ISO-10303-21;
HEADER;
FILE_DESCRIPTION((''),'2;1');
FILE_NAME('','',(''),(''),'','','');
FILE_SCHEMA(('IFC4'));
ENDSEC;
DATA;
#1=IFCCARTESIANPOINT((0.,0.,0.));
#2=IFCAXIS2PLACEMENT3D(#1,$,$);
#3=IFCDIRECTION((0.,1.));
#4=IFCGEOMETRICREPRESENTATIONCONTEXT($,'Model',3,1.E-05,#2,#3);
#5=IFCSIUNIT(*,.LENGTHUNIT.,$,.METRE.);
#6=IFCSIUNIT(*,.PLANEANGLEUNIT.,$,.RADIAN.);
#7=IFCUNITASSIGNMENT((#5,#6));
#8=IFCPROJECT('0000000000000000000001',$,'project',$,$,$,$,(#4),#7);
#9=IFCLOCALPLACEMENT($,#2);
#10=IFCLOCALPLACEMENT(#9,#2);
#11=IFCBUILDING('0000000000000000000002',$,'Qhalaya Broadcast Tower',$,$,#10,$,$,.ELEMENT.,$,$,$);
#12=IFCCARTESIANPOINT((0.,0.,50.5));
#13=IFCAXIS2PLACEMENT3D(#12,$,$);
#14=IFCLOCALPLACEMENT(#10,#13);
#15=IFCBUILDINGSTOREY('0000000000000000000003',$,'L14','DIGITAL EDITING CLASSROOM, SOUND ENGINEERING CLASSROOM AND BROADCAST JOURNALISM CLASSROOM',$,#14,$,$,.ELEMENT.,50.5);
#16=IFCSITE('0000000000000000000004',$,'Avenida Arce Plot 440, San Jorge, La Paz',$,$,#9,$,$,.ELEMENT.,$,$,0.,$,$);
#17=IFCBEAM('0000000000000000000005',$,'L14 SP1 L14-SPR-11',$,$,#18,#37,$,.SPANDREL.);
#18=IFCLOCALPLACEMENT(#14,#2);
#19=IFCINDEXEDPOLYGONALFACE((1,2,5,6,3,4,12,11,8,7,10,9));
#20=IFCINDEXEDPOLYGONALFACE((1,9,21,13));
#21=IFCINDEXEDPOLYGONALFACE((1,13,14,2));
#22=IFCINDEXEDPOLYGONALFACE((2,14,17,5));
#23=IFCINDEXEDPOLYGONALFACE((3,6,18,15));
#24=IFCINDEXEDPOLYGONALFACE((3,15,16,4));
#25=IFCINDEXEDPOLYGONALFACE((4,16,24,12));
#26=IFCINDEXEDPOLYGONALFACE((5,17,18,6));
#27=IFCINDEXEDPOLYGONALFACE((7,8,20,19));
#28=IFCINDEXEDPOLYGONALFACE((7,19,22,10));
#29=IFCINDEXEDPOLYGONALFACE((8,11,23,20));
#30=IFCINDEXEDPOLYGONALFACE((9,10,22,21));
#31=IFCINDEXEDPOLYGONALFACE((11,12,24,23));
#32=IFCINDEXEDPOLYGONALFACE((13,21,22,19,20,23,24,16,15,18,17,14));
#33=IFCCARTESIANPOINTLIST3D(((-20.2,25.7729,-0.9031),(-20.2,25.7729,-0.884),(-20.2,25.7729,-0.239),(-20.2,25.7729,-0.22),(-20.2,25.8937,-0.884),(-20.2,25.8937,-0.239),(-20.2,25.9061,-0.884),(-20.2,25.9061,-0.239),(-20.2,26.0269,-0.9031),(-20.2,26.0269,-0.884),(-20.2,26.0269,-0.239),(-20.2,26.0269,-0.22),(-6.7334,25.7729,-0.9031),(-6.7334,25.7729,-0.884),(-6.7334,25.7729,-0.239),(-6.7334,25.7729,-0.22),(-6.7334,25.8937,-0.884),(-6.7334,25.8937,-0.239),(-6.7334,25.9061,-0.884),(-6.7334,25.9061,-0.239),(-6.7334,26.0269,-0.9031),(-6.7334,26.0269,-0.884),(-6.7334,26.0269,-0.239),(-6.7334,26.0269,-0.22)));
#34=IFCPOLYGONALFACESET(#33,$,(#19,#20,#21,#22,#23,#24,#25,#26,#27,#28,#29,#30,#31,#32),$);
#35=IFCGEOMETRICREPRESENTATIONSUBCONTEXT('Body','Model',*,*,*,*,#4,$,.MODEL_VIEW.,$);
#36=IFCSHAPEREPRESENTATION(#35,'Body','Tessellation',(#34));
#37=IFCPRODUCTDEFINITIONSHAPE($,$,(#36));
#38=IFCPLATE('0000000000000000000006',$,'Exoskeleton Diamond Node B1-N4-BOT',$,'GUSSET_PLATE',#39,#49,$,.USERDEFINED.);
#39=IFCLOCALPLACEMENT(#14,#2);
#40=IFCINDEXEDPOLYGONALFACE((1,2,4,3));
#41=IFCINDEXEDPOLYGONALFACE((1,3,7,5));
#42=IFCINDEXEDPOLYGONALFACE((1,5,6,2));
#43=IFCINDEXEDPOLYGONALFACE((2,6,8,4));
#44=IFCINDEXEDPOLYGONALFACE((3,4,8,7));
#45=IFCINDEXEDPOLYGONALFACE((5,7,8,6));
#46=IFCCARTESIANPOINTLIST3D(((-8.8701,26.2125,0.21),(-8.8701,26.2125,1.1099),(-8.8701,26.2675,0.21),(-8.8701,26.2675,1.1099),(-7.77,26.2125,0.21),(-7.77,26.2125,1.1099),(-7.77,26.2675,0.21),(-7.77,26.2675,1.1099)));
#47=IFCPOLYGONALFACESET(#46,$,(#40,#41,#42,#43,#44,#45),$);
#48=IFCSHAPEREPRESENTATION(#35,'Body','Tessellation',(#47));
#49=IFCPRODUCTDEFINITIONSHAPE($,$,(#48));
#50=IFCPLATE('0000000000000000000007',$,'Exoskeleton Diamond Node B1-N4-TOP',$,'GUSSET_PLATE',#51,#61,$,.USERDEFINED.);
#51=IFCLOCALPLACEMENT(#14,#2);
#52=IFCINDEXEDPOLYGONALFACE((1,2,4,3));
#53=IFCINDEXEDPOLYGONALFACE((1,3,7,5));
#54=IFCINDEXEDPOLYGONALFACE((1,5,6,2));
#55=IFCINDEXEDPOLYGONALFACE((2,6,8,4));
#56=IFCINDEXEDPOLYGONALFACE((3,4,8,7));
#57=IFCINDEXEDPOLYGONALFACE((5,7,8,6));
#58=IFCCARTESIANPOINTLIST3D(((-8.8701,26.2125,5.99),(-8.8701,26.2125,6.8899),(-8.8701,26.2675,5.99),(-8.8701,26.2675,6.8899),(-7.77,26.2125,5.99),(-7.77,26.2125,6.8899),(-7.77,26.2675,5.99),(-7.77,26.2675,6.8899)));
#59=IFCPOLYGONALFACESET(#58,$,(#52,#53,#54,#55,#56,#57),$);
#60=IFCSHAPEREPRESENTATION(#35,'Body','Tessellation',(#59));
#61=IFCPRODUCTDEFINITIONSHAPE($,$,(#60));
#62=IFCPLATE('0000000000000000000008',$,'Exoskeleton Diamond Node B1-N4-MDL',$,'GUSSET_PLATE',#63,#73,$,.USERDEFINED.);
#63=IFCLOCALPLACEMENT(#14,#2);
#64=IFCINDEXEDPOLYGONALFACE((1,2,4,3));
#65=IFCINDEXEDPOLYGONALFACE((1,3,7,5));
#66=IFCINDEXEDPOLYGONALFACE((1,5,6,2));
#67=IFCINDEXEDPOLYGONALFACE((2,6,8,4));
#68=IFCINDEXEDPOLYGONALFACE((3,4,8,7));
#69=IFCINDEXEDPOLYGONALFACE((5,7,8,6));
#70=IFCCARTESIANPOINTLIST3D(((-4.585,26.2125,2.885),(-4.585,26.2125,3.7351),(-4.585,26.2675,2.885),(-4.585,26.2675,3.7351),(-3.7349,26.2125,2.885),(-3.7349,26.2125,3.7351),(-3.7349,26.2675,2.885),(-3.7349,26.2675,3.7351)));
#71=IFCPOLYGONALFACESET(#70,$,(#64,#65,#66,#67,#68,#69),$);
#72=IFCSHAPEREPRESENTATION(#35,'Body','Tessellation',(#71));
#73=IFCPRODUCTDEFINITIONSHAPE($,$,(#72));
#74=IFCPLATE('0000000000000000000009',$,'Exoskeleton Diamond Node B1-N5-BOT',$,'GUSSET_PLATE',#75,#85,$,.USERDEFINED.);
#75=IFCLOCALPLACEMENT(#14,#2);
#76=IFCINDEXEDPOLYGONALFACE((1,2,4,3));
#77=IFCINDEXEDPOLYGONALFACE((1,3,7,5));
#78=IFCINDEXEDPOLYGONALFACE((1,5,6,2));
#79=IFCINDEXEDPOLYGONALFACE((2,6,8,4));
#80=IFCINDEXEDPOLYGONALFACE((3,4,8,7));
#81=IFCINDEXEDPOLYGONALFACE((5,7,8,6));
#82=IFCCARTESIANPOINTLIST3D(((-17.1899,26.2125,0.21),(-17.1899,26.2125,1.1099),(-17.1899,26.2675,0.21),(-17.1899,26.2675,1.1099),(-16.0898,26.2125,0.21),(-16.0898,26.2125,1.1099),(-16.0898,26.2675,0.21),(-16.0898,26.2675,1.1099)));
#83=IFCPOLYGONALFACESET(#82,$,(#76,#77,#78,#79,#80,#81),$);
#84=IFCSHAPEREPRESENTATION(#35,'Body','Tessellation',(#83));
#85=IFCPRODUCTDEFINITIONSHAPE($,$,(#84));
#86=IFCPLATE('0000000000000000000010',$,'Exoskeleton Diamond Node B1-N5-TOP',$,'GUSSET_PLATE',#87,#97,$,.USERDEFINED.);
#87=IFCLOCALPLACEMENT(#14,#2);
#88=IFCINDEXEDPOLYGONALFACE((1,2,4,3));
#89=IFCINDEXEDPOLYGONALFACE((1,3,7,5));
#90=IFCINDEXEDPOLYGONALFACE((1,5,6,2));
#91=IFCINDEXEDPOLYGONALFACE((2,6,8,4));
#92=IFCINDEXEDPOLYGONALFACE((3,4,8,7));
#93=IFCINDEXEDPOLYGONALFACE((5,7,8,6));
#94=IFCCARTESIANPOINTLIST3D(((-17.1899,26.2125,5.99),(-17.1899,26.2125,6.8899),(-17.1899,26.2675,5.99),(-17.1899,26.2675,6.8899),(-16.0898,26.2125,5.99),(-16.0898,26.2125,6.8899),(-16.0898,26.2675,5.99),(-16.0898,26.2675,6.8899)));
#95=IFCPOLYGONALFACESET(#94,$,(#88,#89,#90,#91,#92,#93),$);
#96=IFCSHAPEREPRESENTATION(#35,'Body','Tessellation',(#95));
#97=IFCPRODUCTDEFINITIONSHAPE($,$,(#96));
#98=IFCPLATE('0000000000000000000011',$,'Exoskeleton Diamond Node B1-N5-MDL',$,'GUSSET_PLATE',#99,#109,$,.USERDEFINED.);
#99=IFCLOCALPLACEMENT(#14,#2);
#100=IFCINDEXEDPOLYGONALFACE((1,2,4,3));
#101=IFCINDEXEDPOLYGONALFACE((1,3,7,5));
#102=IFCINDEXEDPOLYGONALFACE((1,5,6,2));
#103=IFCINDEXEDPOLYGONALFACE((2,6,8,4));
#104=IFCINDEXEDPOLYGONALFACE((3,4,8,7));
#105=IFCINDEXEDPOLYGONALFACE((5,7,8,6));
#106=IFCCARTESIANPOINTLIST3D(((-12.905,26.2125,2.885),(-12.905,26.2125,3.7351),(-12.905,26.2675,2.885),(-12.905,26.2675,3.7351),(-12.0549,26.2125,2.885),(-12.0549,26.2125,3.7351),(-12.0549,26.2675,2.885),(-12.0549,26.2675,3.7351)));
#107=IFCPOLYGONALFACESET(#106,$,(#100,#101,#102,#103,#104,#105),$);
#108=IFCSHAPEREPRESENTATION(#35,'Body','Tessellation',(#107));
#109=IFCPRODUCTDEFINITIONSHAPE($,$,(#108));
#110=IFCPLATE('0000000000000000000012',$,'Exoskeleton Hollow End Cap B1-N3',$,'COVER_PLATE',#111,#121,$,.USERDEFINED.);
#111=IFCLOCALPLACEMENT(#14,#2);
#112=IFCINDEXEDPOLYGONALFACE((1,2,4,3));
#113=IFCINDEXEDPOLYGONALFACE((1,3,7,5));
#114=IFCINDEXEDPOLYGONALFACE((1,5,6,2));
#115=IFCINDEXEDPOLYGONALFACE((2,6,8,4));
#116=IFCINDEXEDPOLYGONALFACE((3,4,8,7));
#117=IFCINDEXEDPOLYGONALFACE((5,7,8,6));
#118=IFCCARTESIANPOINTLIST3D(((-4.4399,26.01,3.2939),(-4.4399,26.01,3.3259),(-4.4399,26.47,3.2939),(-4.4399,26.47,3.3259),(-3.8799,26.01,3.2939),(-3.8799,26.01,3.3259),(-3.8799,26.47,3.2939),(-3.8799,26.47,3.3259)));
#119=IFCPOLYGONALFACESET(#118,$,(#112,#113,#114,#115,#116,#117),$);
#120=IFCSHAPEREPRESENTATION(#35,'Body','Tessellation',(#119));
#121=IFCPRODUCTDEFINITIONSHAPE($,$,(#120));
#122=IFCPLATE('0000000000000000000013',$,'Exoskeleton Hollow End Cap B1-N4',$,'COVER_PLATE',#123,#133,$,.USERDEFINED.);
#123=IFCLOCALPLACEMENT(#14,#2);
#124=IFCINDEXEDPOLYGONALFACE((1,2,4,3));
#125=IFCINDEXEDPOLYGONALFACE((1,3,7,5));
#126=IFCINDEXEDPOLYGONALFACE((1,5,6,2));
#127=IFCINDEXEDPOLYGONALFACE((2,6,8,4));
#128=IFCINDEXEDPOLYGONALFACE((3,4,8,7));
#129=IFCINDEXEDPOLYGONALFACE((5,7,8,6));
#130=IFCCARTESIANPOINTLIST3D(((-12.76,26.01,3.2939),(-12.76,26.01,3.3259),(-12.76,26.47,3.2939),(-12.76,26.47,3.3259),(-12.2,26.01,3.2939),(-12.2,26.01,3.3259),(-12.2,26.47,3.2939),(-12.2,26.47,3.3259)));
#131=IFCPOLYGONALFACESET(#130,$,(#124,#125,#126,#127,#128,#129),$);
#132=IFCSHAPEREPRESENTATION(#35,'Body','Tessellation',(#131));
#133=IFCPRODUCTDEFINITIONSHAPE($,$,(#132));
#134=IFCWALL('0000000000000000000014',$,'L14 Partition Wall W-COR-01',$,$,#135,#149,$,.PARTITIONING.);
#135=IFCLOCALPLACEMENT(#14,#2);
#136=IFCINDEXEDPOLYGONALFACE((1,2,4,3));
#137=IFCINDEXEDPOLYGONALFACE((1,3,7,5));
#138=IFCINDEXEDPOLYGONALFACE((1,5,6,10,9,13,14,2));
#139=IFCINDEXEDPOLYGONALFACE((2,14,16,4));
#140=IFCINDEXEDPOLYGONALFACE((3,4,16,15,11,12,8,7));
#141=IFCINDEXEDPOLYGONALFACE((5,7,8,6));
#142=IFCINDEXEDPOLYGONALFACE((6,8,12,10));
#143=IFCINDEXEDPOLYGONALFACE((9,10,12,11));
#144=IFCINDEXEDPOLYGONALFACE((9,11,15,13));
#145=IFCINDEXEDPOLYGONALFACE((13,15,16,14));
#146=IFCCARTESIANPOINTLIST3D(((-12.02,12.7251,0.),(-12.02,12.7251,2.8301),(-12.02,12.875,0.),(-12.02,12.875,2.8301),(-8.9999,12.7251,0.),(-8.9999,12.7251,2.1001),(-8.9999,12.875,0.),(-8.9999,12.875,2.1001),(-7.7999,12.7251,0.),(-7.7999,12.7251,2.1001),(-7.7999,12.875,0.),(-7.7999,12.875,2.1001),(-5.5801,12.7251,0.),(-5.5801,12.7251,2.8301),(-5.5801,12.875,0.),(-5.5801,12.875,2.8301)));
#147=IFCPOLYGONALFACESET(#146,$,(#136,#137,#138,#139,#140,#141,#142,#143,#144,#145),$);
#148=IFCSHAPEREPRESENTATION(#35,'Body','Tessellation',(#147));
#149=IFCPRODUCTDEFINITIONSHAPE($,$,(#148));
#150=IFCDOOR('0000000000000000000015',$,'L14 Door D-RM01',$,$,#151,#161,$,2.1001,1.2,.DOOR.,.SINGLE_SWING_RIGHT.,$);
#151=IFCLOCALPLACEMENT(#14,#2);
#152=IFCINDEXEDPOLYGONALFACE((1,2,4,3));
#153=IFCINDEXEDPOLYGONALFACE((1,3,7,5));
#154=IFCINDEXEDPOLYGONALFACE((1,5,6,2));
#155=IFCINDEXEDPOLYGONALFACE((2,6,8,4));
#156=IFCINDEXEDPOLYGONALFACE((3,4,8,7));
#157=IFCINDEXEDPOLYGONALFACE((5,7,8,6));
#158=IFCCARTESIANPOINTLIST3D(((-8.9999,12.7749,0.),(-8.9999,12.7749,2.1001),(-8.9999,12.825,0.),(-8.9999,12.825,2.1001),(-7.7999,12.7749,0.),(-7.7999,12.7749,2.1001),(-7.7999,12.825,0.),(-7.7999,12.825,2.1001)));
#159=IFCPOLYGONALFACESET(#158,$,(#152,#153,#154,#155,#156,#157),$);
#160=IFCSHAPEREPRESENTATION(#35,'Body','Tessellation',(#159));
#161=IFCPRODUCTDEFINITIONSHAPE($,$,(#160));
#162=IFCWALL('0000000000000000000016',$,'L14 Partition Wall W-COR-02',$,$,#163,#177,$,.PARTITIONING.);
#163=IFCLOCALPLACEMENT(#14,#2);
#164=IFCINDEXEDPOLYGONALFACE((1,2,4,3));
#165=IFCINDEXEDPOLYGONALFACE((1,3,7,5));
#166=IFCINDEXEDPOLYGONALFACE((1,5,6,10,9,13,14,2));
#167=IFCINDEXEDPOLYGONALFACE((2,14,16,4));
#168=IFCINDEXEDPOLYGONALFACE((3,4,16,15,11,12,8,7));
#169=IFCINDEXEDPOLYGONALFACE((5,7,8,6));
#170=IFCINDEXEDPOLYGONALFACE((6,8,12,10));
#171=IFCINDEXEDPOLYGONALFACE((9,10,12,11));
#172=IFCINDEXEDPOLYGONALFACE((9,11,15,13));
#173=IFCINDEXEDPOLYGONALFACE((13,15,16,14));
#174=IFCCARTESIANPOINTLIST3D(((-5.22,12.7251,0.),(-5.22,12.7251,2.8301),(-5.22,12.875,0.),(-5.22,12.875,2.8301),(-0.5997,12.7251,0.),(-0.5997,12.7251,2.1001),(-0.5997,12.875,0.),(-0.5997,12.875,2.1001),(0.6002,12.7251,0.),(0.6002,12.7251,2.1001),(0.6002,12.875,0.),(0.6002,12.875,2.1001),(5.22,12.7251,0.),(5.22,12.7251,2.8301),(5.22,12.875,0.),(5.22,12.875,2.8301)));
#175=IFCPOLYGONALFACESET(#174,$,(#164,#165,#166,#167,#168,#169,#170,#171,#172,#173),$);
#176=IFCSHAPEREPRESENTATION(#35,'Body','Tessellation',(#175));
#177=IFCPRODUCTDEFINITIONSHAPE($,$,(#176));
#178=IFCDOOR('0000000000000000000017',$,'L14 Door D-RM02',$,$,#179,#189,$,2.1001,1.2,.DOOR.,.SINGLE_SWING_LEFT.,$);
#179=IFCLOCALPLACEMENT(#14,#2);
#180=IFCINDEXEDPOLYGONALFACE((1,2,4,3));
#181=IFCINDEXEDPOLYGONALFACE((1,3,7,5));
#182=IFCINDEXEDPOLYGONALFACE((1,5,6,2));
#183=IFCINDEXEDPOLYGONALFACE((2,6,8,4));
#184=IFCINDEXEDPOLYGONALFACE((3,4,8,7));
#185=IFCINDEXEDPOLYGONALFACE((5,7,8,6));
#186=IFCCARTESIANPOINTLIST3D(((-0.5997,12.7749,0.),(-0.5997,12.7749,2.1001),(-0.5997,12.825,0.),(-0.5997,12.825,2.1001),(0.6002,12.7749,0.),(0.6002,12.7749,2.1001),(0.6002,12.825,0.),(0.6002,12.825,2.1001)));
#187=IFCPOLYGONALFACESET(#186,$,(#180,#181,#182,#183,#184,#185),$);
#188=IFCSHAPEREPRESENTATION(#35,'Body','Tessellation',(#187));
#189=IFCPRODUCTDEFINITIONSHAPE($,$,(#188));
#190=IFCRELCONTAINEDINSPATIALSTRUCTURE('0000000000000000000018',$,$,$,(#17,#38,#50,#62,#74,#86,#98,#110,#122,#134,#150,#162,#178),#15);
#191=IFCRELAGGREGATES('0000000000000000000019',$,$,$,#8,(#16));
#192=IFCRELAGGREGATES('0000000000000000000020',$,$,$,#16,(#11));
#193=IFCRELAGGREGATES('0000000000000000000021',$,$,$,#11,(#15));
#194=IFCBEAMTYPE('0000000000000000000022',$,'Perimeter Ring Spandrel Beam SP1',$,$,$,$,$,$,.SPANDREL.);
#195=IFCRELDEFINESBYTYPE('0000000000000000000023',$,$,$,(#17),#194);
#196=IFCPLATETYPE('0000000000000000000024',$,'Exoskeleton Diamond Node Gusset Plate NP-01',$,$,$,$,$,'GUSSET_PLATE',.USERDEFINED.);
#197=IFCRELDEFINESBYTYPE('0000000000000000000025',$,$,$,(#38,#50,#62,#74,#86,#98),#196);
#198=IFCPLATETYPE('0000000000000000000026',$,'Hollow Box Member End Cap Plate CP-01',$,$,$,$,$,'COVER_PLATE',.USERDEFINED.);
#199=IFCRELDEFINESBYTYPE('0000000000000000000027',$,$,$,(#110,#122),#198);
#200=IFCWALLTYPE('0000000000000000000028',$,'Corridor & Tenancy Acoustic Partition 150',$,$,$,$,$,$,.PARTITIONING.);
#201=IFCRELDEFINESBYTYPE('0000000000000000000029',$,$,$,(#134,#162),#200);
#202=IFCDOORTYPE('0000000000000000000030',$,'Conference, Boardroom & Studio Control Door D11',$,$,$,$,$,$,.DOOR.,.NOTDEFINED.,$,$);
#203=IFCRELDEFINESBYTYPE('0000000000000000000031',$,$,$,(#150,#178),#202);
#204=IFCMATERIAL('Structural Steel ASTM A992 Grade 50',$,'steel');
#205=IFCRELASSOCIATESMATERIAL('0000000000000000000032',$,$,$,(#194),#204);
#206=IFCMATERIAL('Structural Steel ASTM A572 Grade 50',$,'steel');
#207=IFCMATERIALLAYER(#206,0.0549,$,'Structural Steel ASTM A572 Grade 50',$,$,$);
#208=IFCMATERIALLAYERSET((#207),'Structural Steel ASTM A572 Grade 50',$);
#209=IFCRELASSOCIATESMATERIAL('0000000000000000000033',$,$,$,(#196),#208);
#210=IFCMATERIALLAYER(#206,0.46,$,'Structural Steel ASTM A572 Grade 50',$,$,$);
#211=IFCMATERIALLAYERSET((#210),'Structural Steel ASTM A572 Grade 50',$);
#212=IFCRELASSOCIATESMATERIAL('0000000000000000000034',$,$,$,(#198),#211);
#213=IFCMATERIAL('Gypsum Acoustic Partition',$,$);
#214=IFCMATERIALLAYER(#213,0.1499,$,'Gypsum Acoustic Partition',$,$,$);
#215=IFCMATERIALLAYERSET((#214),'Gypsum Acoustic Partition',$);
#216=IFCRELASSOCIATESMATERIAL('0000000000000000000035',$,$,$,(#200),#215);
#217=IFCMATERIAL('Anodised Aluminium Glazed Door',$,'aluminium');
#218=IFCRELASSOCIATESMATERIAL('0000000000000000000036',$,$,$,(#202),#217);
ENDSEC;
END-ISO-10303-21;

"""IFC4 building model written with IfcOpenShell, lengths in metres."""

from ifc_helpers import new_model, si_unit, direction, frame, frame_2d, origin, origin_2d, place, context, subcontext, project, spatial, rectangle, i_section, extrude, material, layer, layer_set, material_profile, profile_set, type_object, element, fill, save


model = new_model("IFC4")

# Units and contexts
model_context = context("Model", 3, precision=1e-05, world=origin(), true_north=direction((0.0, 1.0)))
body_context = subcontext(model_context, "Body", "Model", "MODEL_VIEW")
ifc_project = project(units=[si_unit("LENGTHUNIT", "METRE"), si_unit("PLANEANGLEUNIT", "RADIAN")], contexts=[model_context])

# Site, building, storey
site_placement = place(None, origin())
site = spatial("IfcSite", under=ifc_project, at=site_placement, Name="Avenida Arce Plot 440, San Jorge, La Paz", CompositionType="ELEMENT", RefElevation=0.0)
building_placement = place(site_placement, origin())
building = spatial("IfcBuilding", under=site, at=building_placement, Name="Qhalaya Broadcast Tower", CompositionType="ELEMENT")
storey_placement = place(building_placement, frame((0.0, 0.0, 50.5)))
storey = spatial("IfcBuildingStorey", under=building, at=storey_placement, Name="L14", Description="DIGITAL EDITING CLASSROOM, SOUND ENGINEERING CLASSROOM AND BROADCAST JOURNALISM CLASSROOM", CompositionType="ELEMENT", Elevation=50.5)

# Shared definitions
ifc_material_1 = material(Name="Structural Steel ASTM A992 Grade 50", Category="steel")
ifc_material_2 = material(Name="Structural Steel ASTM A572 Grade 50", Category="steel")

# Beam
ifc_material_profile_1 = material_profile(ifc_material_1, i_section(OverallWidth=0.2539, OverallDepth=0.6831, WebThickness=0.0125, FlangeThickness=0.019, at=origin_2d()), Name="W27X94")
ifc_profile_set_1 = profile_set([ifc_material_profile_1], Name="Structural Steel ASTM A992 Grade 50")
beam_type = type_object("IfcBeamType", Name="Perimeter Ring Spandrel Beam SP1", PredefinedType="SPANDREL", material=ifc_profile_set_1)
beam_placement = place(storey_placement, frame((-6.7334, 25.8999, -0.5615), z_axis=(-1.0, 0.0, 0.0), x_axis=(0.0, -1.0, 0.0)))
element("IfcBeam", 1, at=beam_placement, inside=storey, type_object=beam_type, Name="L14 SP1 L14-SPR-11", PredefinedType="SPANDREL", context=body_context, shape_type="SweptSolid", body=[
    extrude(i_section(OverallWidth=0.2539, OverallDepth=0.6831, WebThickness=0.0125, FlangeThickness=0.019, at=origin_2d()), origin(), (0.0, 0.0, 1.0), 13.4666),
])

# Plates
ifc_layer_1 = layer(ifc_material_2, 0.0549, Name="Structural Steel ASTM A572 Grade 50")
ifc_layer_set_1 = layer_set([ifc_layer_1], Name="Structural Steel ASTM A572 Grade 50")
plate_type_1 = type_object("IfcPlateType", Name="Exoskeleton Diamond Node Gusset Plate NP-01", ElementType="GUSSET_PLATE", PredefinedType="USERDEFINED", material=ifc_layer_set_1)
for number, where, z_axis, x_axis, name in (
    (2, (-8.3201, 26.24, 0.21), (0.0, 0.0, 1.0), (1.0, 0.0, 0.0), "Exoskeleton Diamond Node B1-N4-BOT"),
    (3, (-8.3201, 26.24, 5.99), (0.0, 0.0, 1.0), (1.0, 0.0, 0.0), "Exoskeleton Diamond Node B1-N4-TOP"),
):
    element("IfcPlate", number, at=place(storey_placement, frame(where, z_axis=z_axis, x_axis=x_axis)), inside=storey, type_object=plate_type_1, Name=name, ObjectType="GUSSET_PLATE", PredefinedType="USERDEFINED", context=body_context, shape_type="SweptSolid", body=[
        extrude(rectangle(XDim=1.1001, YDim=0.0549, at=origin_2d()), origin(), (0.0, 0.0, 1.0), 0.8999),
    ])
plate_1_placement = place(storey_placement, frame((-4.1599, 26.24, 2.885), z_axis=(0.0, 0.0, 1.0), x_axis=(1.0, 0.0, 0.0)))
element("IfcPlate", 4, at=plate_1_placement, inside=storey, type_object=plate_type_1, Name="Exoskeleton Diamond Node B1-N4-MDL", ObjectType="GUSSET_PLATE", PredefinedType="USERDEFINED", context=body_context, shape_type="SweptSolid", body=[
    extrude(rectangle(XDim=0.8501, YDim=0.0549, at=origin_2d()), origin(), (0.0, 0.0, 1.0), 0.8501),
])
for number, where, z_axis, x_axis, name in (
    (5, (-16.6399, 26.24, 0.21), (0.0, 0.0, 1.0), (1.0, 0.0, 0.0), "Exoskeleton Diamond Node B1-N5-BOT"),
    (6, (-16.6399, 26.24, 5.99), (0.0, 0.0, 1.0), (1.0, 0.0, 0.0), "Exoskeleton Diamond Node B1-N5-TOP"),
):
    element("IfcPlate", number, at=place(storey_placement, frame(where, z_axis=z_axis, x_axis=x_axis)), inside=storey, type_object=plate_type_1, Name=name, ObjectType="GUSSET_PLATE", PredefinedType="USERDEFINED", context=body_context, shape_type="SweptSolid", body=[
        extrude(rectangle(XDim=1.1001, YDim=0.0549, at=origin_2d()), origin(), (0.0, 0.0, 1.0), 0.8999),
    ])
plate_2_placement = place(storey_placement, frame((-12.48, 26.24, 2.885), z_axis=(0.0, 0.0, 1.0), x_axis=(1.0, 0.0, 0.0)))
element("IfcPlate", 7, at=plate_2_placement, inside=storey, type_object=plate_type_1, Name="Exoskeleton Diamond Node B1-N5-MDL", ObjectType="GUSSET_PLATE", PredefinedType="USERDEFINED", context=body_context, shape_type="SweptSolid", body=[
    extrude(rectangle(XDim=0.8501, YDim=0.0549, at=origin_2d()), origin(), (0.0, 0.0, 1.0), 0.8501),
])
ifc_layer_2 = layer(ifc_material_2, 0.46, Name="Structural Steel ASTM A572 Grade 50")
ifc_layer_set_2 = layer_set([ifc_layer_2], Name="Structural Steel ASTM A572 Grade 50")
plate_type_2 = type_object("IfcPlateType", Name="Hollow Box Member End Cap Plate CP-01", ElementType="COVER_PLATE", PredefinedType="USERDEFINED", material=ifc_layer_set_2)
for number, where, z_axis, x_axis, name in (
    (8, (-4.1599, 26.24, 3.2939), (0.0, 0.0, 1.0), (1.0, 0.0, 0.0), "Exoskeleton Hollow End Cap B1-N3"),
    (9, (-12.48, 26.24, 3.2939), (0.0, 0.0, 1.0), (1.0, 0.0, 0.0), "Exoskeleton Hollow End Cap B1-N4"),
):
    element("IfcPlate", number, at=place(storey_placement, frame(where, z_axis=z_axis, x_axis=x_axis)), inside=storey, type_object=plate_type_2, Name=name, ObjectType="COVER_PLATE", PredefinedType="USERDEFINED", context=body_context, shape_type="SweptSolid", body=[
        extrude(rectangle(XDim=0.5601, YDim=0.46, at=origin_2d()), origin(), (0.0, 0.0, 1.0), 0.032),
    ])

# Walls, openings, doors
ifc_material_3 = material(Name="Gypsum Acoustic Partition")
ifc_layer_3 = layer(ifc_material_3, 0.1499, Name="Gypsum Acoustic Partition")
ifc_layer_set_3 = layer_set([ifc_layer_3], Name="Gypsum Acoustic Partition")
wall_type_1 = type_object("IfcWallType", Name="Corridor & Tenancy Acoustic Partition 150", PredefinedType="PARTITIONING", material=ifc_layer_set_3)
wall_1_placement = place(storey_placement, frame((-12.02, 12.8, 0.0), z_axis=(0.0, 0.0, 1.0), x_axis=(1.0, 0.0, 0.0)))
wall_1 = element("IfcWall", 10, at=wall_1_placement, inside=storey, type_object=wall_type_1, Name="L14 Partition Wall W-COR-01", PredefinedType="PARTITIONING", context=body_context, shape_type="SweptSolid", body=[
    extrude(rectangle(XDim=6.4399, YDim=0.1499, at=frame_2d((3.22, 0.0))), origin(), (0.0, 0.0, 1.0), 2.8301),
])
opening_1_placement = place(wall_1_placement, frame((3.02, 0.0, 0.0)))
opening_1 = element("IfcOpeningElement", 11, at=opening_1_placement, cuts=wall_1, PredefinedType="OPENING", context=body_context, shape_type="SweptSolid", body=[
    extrude(rectangle(XDim=1.2, YDim=2.1001, at=frame_2d((0.6001, 1.05))), frame((0.0, 0.0869, 0.0), z_axis=(0.0, -1.0, 0.0), x_axis=(1.0, 0.0, 0.0)), (0.0, 0.0, 1.0), 0.1738),
])
ifc_material_4 = material(Name="Anodised Aluminium Glazed Door", Category="aluminium")
door_type = type_object("IfcDoorType", Name="Conference, Boardroom & Studio Control Door D11", OperationType="NOTDEFINED", PredefinedType="DOOR", material=ifc_material_4)
door_1_placement = place(opening_1_placement, origin())
door_1 = element("IfcDoor", 12, at=door_1_placement, inside=storey, type_object=door_type, Name="L14 Door D-RM01", OperationType="SINGLE_SWING_RIGHT", OverallHeight=2.1001, OverallWidth=1.2, PredefinedType="DOOR", context=body_context, shape_type="SweptSolid", body=[
    extrude(rectangle(XDim=1.2, YDim=2.1001, at=frame_2d((0.6001, 1.05))), frame((0.0, 0.0249, 0.0), z_axis=(0.0, -1.0, 0.0), x_axis=(1.0, 0.0, 0.0)), (0.0, 0.0, 1.0), 0.05),
])
fill(opening_1, door_1)
wall_2_placement = place(storey_placement, frame((-5.22, 12.8, 0.0), z_axis=(0.0, 0.0, 1.0), x_axis=(1.0, 0.0, 0.0)))
wall_2 = element("IfcWall", 13, at=wall_2_placement, inside=storey, type_object=wall_type_1, Name="L14 Partition Wall W-COR-02", PredefinedType="PARTITIONING", context=body_context, shape_type="SweptSolid", body=[
    extrude(rectangle(XDim=10.4399, YDim=0.1499, at=frame_2d((5.22, 0.0))), origin(), (0.0, 0.0, 1.0), 2.8301),
])
opening_2_placement = place(wall_2_placement, frame((4.6201, 0.0, 0.0)))
opening_2 = element("IfcOpeningElement", 14, at=opening_2_placement, cuts=wall_2, PredefinedType="OPENING", context=body_context, shape_type="SweptSolid", body=[
    extrude(rectangle(XDim=1.2, YDim=2.1001, at=frame_2d((0.6001, 1.05))), frame((0.0, 0.0869, 0.0), z_axis=(0.0, -1.0, 0.0), x_axis=(1.0, 0.0, 0.0)), (0.0, 0.0, 1.0), 0.1738),
])
door_2_placement = place(opening_2_placement, origin())
door_2 = element("IfcDoor", 15, at=door_2_placement, inside=storey, type_object=door_type, Name="L14 Door D-RM02", OperationType="SINGLE_SWING_LEFT", OverallHeight=2.1001, OverallWidth=1.2, PredefinedType="DOOR", context=body_context, shape_type="SweptSolid", body=[
    extrude(rectangle(XDim=1.2, YDim=2.1001, at=frame_2d((0.6001, 1.05))), frame((0.0, 0.0249, 0.0), z_axis=(0.0, -1.0, 0.0), x_axis=(1.0, 0.0, 0.0)), (0.0, 0.0, 1.0), 0.05),
])
fill(opening_2, door_2)

save(model, "model.ifc")
